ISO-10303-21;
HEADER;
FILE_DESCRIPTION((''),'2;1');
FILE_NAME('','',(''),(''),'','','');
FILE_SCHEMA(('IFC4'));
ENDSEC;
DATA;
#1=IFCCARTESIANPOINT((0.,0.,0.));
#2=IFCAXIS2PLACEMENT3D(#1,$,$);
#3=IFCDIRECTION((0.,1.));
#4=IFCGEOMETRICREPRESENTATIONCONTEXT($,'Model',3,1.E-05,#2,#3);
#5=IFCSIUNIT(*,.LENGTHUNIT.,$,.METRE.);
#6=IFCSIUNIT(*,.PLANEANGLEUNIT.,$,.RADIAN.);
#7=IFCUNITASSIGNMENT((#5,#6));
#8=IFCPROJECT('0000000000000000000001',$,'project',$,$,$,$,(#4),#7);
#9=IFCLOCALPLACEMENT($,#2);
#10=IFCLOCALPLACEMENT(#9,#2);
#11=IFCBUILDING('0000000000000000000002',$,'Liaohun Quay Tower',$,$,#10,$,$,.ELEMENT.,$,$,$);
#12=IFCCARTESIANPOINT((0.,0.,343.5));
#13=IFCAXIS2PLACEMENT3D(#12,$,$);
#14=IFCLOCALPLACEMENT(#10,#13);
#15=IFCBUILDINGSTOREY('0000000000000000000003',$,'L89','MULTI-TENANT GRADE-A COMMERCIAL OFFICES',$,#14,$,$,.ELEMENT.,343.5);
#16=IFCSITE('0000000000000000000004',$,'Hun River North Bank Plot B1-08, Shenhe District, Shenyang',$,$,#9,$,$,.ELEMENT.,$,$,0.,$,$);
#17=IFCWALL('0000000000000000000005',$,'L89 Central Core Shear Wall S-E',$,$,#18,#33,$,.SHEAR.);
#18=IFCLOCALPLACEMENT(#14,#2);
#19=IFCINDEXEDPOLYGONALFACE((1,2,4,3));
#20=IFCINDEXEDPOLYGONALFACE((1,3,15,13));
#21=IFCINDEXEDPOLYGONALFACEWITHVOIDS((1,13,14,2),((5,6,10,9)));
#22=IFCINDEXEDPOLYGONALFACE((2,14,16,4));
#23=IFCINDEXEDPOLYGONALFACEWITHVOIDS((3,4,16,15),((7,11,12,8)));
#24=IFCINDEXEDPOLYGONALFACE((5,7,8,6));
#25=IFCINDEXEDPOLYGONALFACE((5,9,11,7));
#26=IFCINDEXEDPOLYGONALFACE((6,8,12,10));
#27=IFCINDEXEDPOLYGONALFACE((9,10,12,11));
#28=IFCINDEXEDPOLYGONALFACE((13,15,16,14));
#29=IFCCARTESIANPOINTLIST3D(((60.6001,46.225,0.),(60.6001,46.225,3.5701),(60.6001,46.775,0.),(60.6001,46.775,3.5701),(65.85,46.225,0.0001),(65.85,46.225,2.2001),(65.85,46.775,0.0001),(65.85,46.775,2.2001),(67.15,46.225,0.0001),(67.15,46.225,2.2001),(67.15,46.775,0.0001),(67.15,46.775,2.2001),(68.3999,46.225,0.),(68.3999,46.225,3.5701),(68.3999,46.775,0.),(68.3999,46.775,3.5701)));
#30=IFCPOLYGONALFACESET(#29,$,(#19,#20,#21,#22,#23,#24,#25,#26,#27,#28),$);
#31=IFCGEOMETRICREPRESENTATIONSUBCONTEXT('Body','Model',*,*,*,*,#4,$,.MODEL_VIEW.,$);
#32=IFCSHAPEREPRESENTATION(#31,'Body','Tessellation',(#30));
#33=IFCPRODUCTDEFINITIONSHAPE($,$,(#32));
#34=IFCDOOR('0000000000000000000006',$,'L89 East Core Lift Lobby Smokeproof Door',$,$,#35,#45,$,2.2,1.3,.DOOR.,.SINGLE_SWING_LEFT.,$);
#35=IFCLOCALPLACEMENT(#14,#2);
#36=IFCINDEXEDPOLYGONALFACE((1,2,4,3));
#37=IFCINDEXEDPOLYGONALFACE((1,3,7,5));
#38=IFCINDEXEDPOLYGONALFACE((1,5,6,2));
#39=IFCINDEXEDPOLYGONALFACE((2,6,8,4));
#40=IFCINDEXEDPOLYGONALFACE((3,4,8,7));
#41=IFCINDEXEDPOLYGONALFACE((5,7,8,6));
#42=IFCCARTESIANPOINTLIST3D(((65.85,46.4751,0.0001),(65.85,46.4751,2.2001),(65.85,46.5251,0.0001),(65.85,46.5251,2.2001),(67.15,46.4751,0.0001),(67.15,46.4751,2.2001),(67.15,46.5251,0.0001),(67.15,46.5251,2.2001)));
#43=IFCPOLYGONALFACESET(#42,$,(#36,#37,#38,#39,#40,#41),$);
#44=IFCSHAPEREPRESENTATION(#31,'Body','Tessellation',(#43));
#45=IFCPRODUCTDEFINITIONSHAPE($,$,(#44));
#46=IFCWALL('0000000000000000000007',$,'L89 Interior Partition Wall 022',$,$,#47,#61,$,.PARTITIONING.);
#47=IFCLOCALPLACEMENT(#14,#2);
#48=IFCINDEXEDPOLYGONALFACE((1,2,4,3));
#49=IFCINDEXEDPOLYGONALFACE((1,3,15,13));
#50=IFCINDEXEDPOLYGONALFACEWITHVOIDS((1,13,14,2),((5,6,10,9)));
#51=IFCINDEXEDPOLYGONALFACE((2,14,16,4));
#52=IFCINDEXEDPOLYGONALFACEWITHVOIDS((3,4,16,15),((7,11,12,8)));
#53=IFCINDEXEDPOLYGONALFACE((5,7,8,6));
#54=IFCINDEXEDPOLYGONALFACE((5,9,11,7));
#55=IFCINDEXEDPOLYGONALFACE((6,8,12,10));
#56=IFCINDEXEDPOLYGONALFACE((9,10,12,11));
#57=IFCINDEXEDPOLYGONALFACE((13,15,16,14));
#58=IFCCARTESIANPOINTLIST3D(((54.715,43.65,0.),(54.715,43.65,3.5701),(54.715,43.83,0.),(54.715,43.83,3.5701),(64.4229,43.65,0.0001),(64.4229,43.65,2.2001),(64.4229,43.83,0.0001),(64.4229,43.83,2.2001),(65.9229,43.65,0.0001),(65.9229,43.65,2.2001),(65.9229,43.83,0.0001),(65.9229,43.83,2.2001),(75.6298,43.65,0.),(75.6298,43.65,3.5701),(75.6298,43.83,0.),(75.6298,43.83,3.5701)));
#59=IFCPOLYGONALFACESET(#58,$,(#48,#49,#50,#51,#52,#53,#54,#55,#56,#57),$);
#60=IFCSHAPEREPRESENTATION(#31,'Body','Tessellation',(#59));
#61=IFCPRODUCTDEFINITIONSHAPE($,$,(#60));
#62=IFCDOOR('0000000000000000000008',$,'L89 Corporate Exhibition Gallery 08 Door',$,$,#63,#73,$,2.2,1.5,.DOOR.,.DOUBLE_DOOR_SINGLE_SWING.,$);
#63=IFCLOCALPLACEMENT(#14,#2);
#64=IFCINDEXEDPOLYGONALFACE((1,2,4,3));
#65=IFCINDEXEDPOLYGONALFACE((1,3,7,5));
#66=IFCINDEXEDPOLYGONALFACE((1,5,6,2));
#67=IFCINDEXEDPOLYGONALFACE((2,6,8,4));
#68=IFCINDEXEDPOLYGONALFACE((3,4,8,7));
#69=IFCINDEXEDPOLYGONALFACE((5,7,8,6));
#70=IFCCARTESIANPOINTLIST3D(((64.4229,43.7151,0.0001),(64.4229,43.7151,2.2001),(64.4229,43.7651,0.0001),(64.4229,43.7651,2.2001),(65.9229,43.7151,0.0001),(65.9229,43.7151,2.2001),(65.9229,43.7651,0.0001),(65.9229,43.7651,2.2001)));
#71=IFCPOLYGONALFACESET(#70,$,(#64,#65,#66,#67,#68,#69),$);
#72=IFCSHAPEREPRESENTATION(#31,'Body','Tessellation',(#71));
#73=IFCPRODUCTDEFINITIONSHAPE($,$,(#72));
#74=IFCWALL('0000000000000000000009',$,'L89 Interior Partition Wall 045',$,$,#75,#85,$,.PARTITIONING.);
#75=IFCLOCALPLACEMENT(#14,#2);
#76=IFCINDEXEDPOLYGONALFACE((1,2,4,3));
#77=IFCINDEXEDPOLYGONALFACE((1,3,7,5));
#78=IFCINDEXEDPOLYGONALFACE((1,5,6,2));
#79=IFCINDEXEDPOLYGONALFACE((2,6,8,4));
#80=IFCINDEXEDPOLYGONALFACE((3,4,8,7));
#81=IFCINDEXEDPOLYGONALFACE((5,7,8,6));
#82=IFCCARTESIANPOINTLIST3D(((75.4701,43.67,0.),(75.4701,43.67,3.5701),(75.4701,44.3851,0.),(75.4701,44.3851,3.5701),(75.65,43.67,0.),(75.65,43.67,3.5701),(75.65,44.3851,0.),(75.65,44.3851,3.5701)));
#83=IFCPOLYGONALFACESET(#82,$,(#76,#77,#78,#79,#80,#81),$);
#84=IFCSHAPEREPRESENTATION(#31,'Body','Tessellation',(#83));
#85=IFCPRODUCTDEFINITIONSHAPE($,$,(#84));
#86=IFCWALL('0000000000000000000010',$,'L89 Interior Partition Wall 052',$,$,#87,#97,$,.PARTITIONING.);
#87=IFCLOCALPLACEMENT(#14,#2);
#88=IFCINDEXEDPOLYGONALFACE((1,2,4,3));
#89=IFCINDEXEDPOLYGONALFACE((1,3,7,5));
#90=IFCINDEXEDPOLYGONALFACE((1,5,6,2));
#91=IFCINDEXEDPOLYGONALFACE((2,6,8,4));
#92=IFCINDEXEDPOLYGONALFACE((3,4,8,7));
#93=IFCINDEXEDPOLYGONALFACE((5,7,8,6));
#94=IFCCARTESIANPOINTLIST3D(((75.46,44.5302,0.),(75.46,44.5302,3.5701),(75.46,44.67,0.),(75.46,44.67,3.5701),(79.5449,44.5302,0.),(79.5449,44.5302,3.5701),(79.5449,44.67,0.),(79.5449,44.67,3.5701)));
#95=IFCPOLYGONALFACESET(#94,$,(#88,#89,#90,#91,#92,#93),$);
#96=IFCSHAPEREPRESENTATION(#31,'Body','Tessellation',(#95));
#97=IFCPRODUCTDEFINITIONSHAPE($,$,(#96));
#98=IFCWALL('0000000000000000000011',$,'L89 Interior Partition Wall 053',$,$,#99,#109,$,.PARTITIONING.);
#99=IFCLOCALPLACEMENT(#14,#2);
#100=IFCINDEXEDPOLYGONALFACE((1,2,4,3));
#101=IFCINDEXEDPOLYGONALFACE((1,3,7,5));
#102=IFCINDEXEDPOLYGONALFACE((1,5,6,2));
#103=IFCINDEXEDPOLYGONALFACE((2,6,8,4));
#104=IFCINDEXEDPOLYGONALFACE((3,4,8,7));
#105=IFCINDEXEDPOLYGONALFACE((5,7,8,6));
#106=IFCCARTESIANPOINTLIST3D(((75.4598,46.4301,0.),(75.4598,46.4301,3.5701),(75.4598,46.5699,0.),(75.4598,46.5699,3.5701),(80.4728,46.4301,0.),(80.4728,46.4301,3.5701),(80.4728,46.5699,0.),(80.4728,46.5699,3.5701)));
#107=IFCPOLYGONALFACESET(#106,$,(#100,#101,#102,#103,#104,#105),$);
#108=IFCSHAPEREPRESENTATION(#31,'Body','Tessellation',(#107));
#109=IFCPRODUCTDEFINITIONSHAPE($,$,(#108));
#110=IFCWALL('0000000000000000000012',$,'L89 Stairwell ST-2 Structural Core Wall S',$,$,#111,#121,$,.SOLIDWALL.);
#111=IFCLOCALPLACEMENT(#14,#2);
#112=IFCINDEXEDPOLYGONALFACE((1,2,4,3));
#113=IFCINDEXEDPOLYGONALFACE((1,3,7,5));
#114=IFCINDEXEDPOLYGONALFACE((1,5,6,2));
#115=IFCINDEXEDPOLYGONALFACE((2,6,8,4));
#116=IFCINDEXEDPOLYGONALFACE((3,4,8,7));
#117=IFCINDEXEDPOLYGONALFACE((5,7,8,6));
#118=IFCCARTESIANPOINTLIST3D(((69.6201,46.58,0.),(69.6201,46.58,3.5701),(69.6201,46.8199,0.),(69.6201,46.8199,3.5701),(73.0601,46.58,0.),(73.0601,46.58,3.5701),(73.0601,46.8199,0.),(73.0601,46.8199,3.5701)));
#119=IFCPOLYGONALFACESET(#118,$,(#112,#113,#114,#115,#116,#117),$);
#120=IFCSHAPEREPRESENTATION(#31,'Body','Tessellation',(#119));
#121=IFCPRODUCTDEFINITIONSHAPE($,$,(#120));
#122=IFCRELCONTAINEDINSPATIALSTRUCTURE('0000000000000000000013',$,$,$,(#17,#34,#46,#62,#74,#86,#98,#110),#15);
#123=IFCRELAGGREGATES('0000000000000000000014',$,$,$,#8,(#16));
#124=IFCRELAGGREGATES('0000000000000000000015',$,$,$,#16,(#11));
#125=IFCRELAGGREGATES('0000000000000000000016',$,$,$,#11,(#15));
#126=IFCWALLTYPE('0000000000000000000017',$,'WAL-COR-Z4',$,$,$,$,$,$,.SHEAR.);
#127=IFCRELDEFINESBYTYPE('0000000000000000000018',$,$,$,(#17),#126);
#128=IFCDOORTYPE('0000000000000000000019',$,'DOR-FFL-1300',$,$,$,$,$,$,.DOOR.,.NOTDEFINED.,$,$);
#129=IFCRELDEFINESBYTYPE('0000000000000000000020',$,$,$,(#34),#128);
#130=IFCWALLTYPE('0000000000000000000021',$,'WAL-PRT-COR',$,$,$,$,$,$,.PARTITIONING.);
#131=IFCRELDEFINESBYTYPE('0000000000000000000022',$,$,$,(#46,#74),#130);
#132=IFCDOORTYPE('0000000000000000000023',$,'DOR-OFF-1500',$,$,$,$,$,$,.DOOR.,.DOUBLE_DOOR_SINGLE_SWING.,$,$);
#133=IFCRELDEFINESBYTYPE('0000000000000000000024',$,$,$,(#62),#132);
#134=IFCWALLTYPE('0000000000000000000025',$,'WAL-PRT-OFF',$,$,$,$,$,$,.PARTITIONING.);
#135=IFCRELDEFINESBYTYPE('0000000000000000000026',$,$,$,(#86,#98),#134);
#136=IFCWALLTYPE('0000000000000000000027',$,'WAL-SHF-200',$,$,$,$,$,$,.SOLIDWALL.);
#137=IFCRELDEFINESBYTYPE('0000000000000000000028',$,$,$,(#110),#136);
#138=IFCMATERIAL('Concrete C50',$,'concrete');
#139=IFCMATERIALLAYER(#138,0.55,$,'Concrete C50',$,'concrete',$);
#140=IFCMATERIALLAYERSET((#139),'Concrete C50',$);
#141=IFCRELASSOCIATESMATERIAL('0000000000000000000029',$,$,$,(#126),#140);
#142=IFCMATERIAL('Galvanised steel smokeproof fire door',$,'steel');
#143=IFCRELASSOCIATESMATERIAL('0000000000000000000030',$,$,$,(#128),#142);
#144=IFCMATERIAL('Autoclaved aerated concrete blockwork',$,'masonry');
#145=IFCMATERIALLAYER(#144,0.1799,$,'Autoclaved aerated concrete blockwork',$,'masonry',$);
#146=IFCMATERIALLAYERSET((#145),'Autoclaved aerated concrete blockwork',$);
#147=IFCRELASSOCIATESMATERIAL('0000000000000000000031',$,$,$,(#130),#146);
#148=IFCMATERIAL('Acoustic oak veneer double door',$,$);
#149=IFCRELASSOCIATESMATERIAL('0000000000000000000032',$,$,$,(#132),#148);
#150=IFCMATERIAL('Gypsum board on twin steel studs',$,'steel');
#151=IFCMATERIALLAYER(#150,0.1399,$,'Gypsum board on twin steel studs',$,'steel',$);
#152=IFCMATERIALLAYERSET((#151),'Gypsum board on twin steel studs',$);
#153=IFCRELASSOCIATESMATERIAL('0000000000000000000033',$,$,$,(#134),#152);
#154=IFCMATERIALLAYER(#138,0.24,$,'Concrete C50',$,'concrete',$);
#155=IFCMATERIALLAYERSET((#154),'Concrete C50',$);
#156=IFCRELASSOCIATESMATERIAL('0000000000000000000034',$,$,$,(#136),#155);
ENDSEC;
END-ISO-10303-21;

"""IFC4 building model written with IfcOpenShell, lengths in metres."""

from ifc_helpers import new_model, si_unit, direction, frame, frame_2d, origin, place, context, subcontext, project, spatial, rectangle, extrude, source, transform, mapped, material, layer, layer_set, type_object, element, fill, save


model = new_model("IFC4")

# Units and contexts
model_context = context("Model", 3, precision=1e-05, world=origin(), true_north=direction((0.0, 1.0)))
body_context = subcontext(model_context, "Body", "Model", "MODEL_VIEW")
ifc_project = project(units=[si_unit("LENGTHUNIT", "METRE"), si_unit("PLANEANGLEUNIT", "RADIAN")], contexts=[model_context])

# Site, building, storey
site_placement = place(None, origin())
site = spatial("IfcSite", under=ifc_project, at=site_placement, Name="Hun River North Bank Plot B1-08, Shenhe District, Shenyang", CompositionType="ELEMENT", RefElevation=0.0)
building_placement = place(site_placement, origin())
building = spatial("IfcBuilding", under=site, at=building_placement, Name="Liaohun Quay Tower", CompositionType="ELEMENT")
storey_placement = place(building_placement, frame((0.0, 0.0, 343.5)))
storey = spatial("IfcBuildingStorey", under=building, at=storey_placement, Name="L89", Description="MULTI-TENANT GRADE-A COMMERCIAL OFFICES", CompositionType="ELEMENT", Elevation=343.5)

# Shared definitions
ifc_material_1 = material(Name="Concrete C50", Category="concrete")

# Walls, openings, doors
ifc_layer_1 = layer(ifc_material_1, 0.55, Name="Concrete C50", Category="concrete")
ifc_layer_set_1 = layer_set([ifc_layer_1], Name="Concrete C50")
wall_type_1 = type_object("IfcWallType", Name="WAL-COR-Z4", PredefinedType="SHEAR", material=ifc_layer_set_1)
wall_1_placement = place(storey_placement, frame((68.3999, 46.5, 0.0), z_axis=(0.0, 0.0, 1.0), x_axis=(-1.0, 0.0, 0.0)))
wall_1 = element("IfcWall", 1, at=wall_1_placement, inside=storey, type_object=wall_type_1, Name="L89 Central Core Shear Wall S-E", PredefinedType="SHEAR", context=body_context, shape_type="SweptSolid", body=[
    extrude(rectangle(XDim=7.7998, YDim=0.55, at=frame_2d((3.8999, 0.0))), origin(), (0.0, 0.0, 1.0), 3.5701),
])
shared_shape_1 = source(origin(), body_context, "Body", "SweptSolid", [
    extrude(rectangle(XDim=1.3, YDim=2.2, at=frame_2d((0.6499, 1.1001))), frame((0.0, 0.2849, 0.0), z_axis=(0.0, -1.0, 0.0), x_axis=(1.0, 0.0, 0.0)), (0.0, 0.0, 1.0), 0.5701),
])
opening_1_placement = place(wall_1_placement, frame((1.25, 0.0, 0.0)))
opening_1 = element("IfcOpeningElement", 2, at=opening_1_placement, cuts=wall_1, PredefinedType="OPENING", context=body_context, shape_type="MappedRepresentation", body=[
    mapped(shared_shape_1, transform((0.0, 0.0, 0.0), x_axis=(1.0, 0.0, 0.0), y_axis=(0.0, 1.0, 0.0), z_axis=(0.0, 0.0, 1.0), scale=1.0)),
])
ifc_material_2 = material(Name="Galvanised steel smokeproof fire door", Category="steel")
door_type_1 = type_object("IfcDoorType", Name="DOR-FFL-1300", OperationType="NOTDEFINED", PredefinedType="DOOR", material=ifc_material_2)
shared_shape_2 = source(origin(), body_context, "Body", "SweptSolid", [
    extrude(rectangle(XDim=1.3, YDim=2.2, at=frame_2d((0.6499, 1.1001))), frame((0.0, 0.0249, 0.0), z_axis=(0.0, -1.0, 0.0), x_axis=(1.0, 0.0, 0.0)), (0.0, 0.0, 1.0), 0.05),
])
door_1_placement = place(opening_1_placement, origin())
door_1 = element("IfcDoor", 3, at=door_1_placement, inside=storey, type_object=door_type_1, Name="L89 East Core Lift Lobby Smokeproof Door", OperationType="SINGLE_SWING_LEFT", OverallHeight=2.2, OverallWidth=1.3, PredefinedType="DOOR", context=body_context, shape_type="MappedRepresentation", body=[
    mapped(shared_shape_2, transform((0.0, 0.0, 0.0), x_axis=(1.0, 0.0, 0.0), y_axis=(0.0, 1.0, 0.0), z_axis=(0.0, 0.0, 1.0), scale=1.0)),
])
fill(opening_1, door_1)
ifc_material_3 = material(Name="Autoclaved aerated concrete blockwork", Category="masonry")
ifc_layer_2 = layer(ifc_material_3, 0.1799, Name="Autoclaved aerated concrete blockwork", Category="masonry")
ifc_layer_set_2 = layer_set([ifc_layer_2], Name="Autoclaved aerated concrete blockwork")
wall_type_2 = type_object("IfcWallType", Name="WAL-PRT-COR", PredefinedType="PARTITIONING", material=ifc_layer_set_2)
wall_2_placement = place(storey_placement, frame((75.6299, 43.74, 0.0), z_axis=(0.0, 0.0, 1.0), x_axis=(-1.0, 0.0, 0.0)))
wall_2 = element("IfcWall", 4, at=wall_2_placement, inside=storey, type_object=wall_type_2, Name="L89 Interior Partition Wall 022", PredefinedType="PARTITIONING", context=body_context, shape_type="SweptSolid", body=[
    extrude(rectangle(XDim=20.9148, YDim=0.1799, at=frame_2d((10.4575, 0.0))), origin(), (0.0, 0.0, 1.0), 3.5701),
])
shared_shape_3 = source(origin(), body_context, "Body", "SweptSolid", [
    extrude(rectangle(XDim=1.5, YDim=2.2, at=frame_2d((0.75, 1.1001))), frame((0.0, 0.0999, 0.0), z_axis=(0.0, -1.0, 0.0), x_axis=(1.0, 0.0, 0.0)), (0.0, 0.0, 1.0), 0.2),
])
opening_2_placement = place(wall_2_placement, frame((9.707, 0.0, 0.0)))
opening_2 = element("IfcOpeningElement", 5, at=opening_2_placement, cuts=wall_2, PredefinedType="OPENING", context=body_context, shape_type="MappedRepresentation", body=[
    mapped(shared_shape_3, transform((0.0, 0.0, 0.0), x_axis=(1.0, 0.0, 0.0), y_axis=(0.0, 1.0, 0.0), z_axis=(0.0, 0.0, 1.0), scale=1.0)),
])
ifc_material_4 = material(Name="Acoustic oak veneer double door")
door_type_2 = type_object("IfcDoorType", Name="DOR-OFF-1500", OperationType="DOUBLE_DOOR_SINGLE_SWING", PredefinedType="DOOR", material=ifc_material_4)
shared_shape_4 = source(origin(), body_context, "Body", "SweptSolid", [
    extrude(rectangle(XDim=1.5, YDim=2.2, at=frame_2d((0.75, 1.1001))), frame((0.0, 0.0249, 0.0), z_axis=(0.0, -1.0, 0.0), x_axis=(1.0, 0.0, 0.0)), (0.0, 0.0, 1.0), 0.05),
])
door_2_placement = place(opening_2_placement, origin())
door_2 = element("IfcDoor", 6, at=door_2_placement, inside=storey, type_object=door_type_2, Name="L89 Corporate Exhibition Gallery 08 Door", OperationType="DOUBLE_DOOR_SINGLE_SWING", OverallHeight=2.2, OverallWidth=1.5, PredefinedType="DOOR", context=body_context, shape_type="MappedRepresentation", body=[
    mapped(shared_shape_4, transform((0.0, 0.0, 0.0), x_axis=(1.0, 0.0, 0.0), y_axis=(0.0, 1.0, 0.0), z_axis=(0.0, 0.0, 1.0), scale=1.0)),
])
fill(opening_2, door_2)

# Walls
wall_3_placement = place(storey_placement, frame((75.5601, 44.385, 0.0), z_axis=(0.0, 0.0, 1.0), x_axis=(0.0, -1.0, 0.0)))
element("IfcWall", 7, at=wall_3_placement, inside=storey, type_object=wall_type_2, Name="L89 Interior Partition Wall 045", PredefinedType="PARTITIONING", context=body_context, shape_type="SweptSolid", body=[
    extrude(rectangle(XDim=0.7151, YDim=0.1799, at=frame_2d((0.3574, 0.0))), origin(), (0.0, 0.0, 1.0), 3.5701),
])
ifc_material_5 = material(Name="Gypsum board on twin steel studs", Category="steel")
ifc_layer_3 = layer(ifc_material_5, 0.1399, Name="Gypsum board on twin steel studs", Category="steel")
ifc_layer_set_3 = layer_set([ifc_layer_3], Name="Gypsum board on twin steel studs")
wall_type_3 = type_object("IfcWallType", Name="WAL-PRT-OFF", PredefinedType="PARTITIONING", material=ifc_layer_set_3)
wall_4_placement = place(storey_placement, frame((75.46, 44.6001, 0.0), z_axis=(0.0, 0.0, 1.0), x_axis=(1.0, 0.0, 0.0)))
element("IfcWall", 8, at=wall_4_placement, inside=storey, type_object=wall_type_3, Name="L89 Interior Partition Wall 052", PredefinedType="PARTITIONING", context=body_context, shape_type="SweptSolid", body=[
    extrude(rectangle(XDim=4.085, YDim=0.1399, at=frame_2d((2.0425, 0.0))), origin(), (0.0, 0.0, 1.0), 3.5701),
])
wall_5_placement = place(storey_placement, frame((75.46, 46.5, 0.0), z_axis=(0.0, 0.0, 1.0), x_axis=(1.0, 0.0, 0.0)))
element("IfcWall", 9, at=wall_5_placement, inside=storey, type_object=wall_type_3, Name="L89 Interior Partition Wall 053", PredefinedType="PARTITIONING", context=body_context, shape_type="SweptSolid", body=[
    extrude(rectangle(XDim=5.0129, YDim=0.1399, at=frame_2d((2.5063, 0.0))), origin(), (0.0, 0.0, 1.0), 3.5701),
])
ifc_layer_4 = layer(ifc_material_1, 0.24, Name="Concrete C50", Category="concrete")
ifc_layer_set_4 = layer_set([ifc_layer_4], Name="Concrete C50")
wall_type_4 = type_object("IfcWallType", Name="WAL-SHF-200", PredefinedType="SOLIDWALL", material=ifc_layer_set_4)
wall_6_placement = place(storey_placement, frame((69.6201, 46.7, 0.0), z_axis=(0.0, 0.0, 1.0), x_axis=(1.0, 0.0, 0.0)))
element("IfcWall", 10, at=wall_6_placement, inside=storey, type_object=wall_type_4, Name="L89 Stairwell ST-2 Structural Core Wall S", PredefinedType="SOLIDWALL", context=body_context, shape_type="SweptSolid", body=[
    extrude(rectangle(XDim=3.4399, YDim=0.24, at=frame_2d((1.72, 0.0))), origin(), (0.0, 0.0, 1.0), 3.5701),
])

save(model, "model.ifc")
